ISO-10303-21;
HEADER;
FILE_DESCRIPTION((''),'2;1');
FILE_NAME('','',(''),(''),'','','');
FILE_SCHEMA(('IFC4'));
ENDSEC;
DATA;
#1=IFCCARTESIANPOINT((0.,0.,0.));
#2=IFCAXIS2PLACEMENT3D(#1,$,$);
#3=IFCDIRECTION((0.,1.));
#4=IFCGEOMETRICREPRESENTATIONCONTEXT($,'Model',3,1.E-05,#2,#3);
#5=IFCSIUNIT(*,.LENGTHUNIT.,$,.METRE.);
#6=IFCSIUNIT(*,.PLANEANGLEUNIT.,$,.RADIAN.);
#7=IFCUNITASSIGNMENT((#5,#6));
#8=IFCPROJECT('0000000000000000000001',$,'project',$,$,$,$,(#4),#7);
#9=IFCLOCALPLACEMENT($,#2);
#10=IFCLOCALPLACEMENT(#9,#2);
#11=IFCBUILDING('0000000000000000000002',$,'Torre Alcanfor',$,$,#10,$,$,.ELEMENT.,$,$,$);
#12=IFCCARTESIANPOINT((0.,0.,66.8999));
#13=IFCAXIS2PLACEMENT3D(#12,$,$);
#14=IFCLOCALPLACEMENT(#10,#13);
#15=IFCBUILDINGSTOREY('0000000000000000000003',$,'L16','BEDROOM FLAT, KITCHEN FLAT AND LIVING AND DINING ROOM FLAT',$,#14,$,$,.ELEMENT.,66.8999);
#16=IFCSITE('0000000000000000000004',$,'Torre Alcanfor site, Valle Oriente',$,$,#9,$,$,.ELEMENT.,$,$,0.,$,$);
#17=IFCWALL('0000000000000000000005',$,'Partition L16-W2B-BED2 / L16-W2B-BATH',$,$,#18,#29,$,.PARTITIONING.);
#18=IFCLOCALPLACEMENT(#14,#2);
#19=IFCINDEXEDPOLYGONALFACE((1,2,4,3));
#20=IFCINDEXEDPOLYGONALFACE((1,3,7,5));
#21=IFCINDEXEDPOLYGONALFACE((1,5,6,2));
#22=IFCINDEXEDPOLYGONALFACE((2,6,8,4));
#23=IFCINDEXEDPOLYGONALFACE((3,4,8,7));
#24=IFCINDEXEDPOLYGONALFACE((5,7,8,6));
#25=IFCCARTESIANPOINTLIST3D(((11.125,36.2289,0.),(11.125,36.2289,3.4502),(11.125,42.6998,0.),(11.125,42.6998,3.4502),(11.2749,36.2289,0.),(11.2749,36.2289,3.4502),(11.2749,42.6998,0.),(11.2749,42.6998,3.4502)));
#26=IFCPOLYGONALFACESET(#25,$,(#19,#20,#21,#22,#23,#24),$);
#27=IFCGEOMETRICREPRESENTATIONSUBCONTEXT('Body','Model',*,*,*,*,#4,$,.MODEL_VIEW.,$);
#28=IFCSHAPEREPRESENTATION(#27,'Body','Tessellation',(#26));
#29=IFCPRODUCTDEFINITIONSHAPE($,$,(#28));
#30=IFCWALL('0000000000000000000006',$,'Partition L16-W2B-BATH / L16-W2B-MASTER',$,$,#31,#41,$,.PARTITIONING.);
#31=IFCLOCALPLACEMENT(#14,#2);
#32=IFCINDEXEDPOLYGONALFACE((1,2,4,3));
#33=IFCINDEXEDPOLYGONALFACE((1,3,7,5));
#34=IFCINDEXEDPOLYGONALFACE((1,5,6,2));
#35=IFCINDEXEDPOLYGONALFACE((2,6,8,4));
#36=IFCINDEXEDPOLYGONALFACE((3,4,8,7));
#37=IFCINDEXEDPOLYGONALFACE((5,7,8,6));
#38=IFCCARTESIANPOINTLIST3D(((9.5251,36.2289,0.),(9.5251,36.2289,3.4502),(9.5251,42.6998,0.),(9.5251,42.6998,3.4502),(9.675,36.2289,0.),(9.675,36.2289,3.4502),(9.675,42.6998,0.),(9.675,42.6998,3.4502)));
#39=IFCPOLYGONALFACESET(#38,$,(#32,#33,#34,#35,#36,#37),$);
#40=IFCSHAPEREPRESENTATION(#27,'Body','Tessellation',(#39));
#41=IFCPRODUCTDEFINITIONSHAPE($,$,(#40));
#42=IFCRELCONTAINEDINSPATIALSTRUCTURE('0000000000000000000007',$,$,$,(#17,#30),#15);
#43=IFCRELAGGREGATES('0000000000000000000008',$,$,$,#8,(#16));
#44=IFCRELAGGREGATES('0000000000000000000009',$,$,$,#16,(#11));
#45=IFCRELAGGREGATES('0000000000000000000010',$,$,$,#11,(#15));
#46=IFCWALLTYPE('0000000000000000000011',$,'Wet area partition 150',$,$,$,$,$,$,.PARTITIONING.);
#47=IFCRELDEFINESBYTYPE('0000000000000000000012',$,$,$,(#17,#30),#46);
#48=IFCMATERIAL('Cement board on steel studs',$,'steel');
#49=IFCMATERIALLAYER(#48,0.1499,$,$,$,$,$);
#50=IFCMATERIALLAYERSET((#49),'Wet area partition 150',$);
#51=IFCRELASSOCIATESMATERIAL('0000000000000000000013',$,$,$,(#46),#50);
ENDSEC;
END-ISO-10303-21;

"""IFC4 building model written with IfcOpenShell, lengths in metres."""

from ifc_helpers import new_model, si_unit, direction, frame, frame_2d, origin, place, context, subcontext, project, spatial, rectangle, extrude, material, layer, layer_set, type_object, element, save


model = new_model("IFC4")

# Units and contexts
model_context = context("Model", 3, precision=1e-05, world=origin(), true_north=direction((0.0, 1.0)))
body_context = subcontext(model_context, "Body", "Model", "MODEL_VIEW")
ifc_project = project(units=[si_unit("LENGTHUNIT", "METRE"), si_unit("PLANEANGLEUNIT", "RADIAN")], contexts=[model_context])

# Site, building, storey
site_placement = place(None, origin())
site = spatial("IfcSite", under=ifc_project, at=site_placement, Name="Torre Alcanfor site, Valle Oriente", CompositionType="ELEMENT", RefElevation=0.0)
building_placement = place(site_placement, origin())
building = spatial("IfcBuilding", under=site, at=building_placement, Name="Torre Alcanfor", CompositionType="ELEMENT")
storey_placement = place(building_placement, frame((0.0, 0.0, 66.8999)))
storey = spatial("IfcBuildingStorey", under=building, at=storey_placement, Name="L16", Description="BEDROOM FLAT, KITCHEN FLAT AND LIVING AND DINING ROOM FLAT", CompositionType="ELEMENT", Elevation=66.8999)

# Shared definitions
ifc_material_1 = material(Name="Cement board on steel studs", Category="steel")
ifc_layer_1 = layer(ifc_material_1, 0.1499)
ifc_layer_set_1 = layer_set([ifc_layer_1], Name="Wet area partition 150")
wall_type_1 = type_object("IfcWallType", Name="Wet area partition 150", PredefinedType="PARTITIONING", material=ifc_layer_set_1)

# Walls
for number, where, z_axis, x_axis, name in (
    (1, (11.2, 36.229, 0.0), (0.0, 0.0, 1.0), (0.0, 1.0, 0.0), "Partition L16-W2B-BED2 / L16-W2B-BATH"),
    (2, (9.6001, 36.229, 0.0), (0.0, 0.0, 1.0), (0.0, 1.0, 0.0), "Partition L16-W2B-BATH / L16-W2B-MASTER"),
):
    element("IfcWall", number, at=place(storey_placement, frame(where, z_axis=z_axis, x_axis=x_axis)), inside=storey, type_object=wall_type_1, Name=name, PredefinedType="PARTITIONING", context=body_context, shape_type="SweptSolid", body=[
        extrude(rectangle(XDim=6.4709, YDim=0.1499, at=frame_2d((3.2354, 0.0))), origin(), (0.0, 0.0, 1.0), 3.4502),
    ])

save(model, "model.ifc")
